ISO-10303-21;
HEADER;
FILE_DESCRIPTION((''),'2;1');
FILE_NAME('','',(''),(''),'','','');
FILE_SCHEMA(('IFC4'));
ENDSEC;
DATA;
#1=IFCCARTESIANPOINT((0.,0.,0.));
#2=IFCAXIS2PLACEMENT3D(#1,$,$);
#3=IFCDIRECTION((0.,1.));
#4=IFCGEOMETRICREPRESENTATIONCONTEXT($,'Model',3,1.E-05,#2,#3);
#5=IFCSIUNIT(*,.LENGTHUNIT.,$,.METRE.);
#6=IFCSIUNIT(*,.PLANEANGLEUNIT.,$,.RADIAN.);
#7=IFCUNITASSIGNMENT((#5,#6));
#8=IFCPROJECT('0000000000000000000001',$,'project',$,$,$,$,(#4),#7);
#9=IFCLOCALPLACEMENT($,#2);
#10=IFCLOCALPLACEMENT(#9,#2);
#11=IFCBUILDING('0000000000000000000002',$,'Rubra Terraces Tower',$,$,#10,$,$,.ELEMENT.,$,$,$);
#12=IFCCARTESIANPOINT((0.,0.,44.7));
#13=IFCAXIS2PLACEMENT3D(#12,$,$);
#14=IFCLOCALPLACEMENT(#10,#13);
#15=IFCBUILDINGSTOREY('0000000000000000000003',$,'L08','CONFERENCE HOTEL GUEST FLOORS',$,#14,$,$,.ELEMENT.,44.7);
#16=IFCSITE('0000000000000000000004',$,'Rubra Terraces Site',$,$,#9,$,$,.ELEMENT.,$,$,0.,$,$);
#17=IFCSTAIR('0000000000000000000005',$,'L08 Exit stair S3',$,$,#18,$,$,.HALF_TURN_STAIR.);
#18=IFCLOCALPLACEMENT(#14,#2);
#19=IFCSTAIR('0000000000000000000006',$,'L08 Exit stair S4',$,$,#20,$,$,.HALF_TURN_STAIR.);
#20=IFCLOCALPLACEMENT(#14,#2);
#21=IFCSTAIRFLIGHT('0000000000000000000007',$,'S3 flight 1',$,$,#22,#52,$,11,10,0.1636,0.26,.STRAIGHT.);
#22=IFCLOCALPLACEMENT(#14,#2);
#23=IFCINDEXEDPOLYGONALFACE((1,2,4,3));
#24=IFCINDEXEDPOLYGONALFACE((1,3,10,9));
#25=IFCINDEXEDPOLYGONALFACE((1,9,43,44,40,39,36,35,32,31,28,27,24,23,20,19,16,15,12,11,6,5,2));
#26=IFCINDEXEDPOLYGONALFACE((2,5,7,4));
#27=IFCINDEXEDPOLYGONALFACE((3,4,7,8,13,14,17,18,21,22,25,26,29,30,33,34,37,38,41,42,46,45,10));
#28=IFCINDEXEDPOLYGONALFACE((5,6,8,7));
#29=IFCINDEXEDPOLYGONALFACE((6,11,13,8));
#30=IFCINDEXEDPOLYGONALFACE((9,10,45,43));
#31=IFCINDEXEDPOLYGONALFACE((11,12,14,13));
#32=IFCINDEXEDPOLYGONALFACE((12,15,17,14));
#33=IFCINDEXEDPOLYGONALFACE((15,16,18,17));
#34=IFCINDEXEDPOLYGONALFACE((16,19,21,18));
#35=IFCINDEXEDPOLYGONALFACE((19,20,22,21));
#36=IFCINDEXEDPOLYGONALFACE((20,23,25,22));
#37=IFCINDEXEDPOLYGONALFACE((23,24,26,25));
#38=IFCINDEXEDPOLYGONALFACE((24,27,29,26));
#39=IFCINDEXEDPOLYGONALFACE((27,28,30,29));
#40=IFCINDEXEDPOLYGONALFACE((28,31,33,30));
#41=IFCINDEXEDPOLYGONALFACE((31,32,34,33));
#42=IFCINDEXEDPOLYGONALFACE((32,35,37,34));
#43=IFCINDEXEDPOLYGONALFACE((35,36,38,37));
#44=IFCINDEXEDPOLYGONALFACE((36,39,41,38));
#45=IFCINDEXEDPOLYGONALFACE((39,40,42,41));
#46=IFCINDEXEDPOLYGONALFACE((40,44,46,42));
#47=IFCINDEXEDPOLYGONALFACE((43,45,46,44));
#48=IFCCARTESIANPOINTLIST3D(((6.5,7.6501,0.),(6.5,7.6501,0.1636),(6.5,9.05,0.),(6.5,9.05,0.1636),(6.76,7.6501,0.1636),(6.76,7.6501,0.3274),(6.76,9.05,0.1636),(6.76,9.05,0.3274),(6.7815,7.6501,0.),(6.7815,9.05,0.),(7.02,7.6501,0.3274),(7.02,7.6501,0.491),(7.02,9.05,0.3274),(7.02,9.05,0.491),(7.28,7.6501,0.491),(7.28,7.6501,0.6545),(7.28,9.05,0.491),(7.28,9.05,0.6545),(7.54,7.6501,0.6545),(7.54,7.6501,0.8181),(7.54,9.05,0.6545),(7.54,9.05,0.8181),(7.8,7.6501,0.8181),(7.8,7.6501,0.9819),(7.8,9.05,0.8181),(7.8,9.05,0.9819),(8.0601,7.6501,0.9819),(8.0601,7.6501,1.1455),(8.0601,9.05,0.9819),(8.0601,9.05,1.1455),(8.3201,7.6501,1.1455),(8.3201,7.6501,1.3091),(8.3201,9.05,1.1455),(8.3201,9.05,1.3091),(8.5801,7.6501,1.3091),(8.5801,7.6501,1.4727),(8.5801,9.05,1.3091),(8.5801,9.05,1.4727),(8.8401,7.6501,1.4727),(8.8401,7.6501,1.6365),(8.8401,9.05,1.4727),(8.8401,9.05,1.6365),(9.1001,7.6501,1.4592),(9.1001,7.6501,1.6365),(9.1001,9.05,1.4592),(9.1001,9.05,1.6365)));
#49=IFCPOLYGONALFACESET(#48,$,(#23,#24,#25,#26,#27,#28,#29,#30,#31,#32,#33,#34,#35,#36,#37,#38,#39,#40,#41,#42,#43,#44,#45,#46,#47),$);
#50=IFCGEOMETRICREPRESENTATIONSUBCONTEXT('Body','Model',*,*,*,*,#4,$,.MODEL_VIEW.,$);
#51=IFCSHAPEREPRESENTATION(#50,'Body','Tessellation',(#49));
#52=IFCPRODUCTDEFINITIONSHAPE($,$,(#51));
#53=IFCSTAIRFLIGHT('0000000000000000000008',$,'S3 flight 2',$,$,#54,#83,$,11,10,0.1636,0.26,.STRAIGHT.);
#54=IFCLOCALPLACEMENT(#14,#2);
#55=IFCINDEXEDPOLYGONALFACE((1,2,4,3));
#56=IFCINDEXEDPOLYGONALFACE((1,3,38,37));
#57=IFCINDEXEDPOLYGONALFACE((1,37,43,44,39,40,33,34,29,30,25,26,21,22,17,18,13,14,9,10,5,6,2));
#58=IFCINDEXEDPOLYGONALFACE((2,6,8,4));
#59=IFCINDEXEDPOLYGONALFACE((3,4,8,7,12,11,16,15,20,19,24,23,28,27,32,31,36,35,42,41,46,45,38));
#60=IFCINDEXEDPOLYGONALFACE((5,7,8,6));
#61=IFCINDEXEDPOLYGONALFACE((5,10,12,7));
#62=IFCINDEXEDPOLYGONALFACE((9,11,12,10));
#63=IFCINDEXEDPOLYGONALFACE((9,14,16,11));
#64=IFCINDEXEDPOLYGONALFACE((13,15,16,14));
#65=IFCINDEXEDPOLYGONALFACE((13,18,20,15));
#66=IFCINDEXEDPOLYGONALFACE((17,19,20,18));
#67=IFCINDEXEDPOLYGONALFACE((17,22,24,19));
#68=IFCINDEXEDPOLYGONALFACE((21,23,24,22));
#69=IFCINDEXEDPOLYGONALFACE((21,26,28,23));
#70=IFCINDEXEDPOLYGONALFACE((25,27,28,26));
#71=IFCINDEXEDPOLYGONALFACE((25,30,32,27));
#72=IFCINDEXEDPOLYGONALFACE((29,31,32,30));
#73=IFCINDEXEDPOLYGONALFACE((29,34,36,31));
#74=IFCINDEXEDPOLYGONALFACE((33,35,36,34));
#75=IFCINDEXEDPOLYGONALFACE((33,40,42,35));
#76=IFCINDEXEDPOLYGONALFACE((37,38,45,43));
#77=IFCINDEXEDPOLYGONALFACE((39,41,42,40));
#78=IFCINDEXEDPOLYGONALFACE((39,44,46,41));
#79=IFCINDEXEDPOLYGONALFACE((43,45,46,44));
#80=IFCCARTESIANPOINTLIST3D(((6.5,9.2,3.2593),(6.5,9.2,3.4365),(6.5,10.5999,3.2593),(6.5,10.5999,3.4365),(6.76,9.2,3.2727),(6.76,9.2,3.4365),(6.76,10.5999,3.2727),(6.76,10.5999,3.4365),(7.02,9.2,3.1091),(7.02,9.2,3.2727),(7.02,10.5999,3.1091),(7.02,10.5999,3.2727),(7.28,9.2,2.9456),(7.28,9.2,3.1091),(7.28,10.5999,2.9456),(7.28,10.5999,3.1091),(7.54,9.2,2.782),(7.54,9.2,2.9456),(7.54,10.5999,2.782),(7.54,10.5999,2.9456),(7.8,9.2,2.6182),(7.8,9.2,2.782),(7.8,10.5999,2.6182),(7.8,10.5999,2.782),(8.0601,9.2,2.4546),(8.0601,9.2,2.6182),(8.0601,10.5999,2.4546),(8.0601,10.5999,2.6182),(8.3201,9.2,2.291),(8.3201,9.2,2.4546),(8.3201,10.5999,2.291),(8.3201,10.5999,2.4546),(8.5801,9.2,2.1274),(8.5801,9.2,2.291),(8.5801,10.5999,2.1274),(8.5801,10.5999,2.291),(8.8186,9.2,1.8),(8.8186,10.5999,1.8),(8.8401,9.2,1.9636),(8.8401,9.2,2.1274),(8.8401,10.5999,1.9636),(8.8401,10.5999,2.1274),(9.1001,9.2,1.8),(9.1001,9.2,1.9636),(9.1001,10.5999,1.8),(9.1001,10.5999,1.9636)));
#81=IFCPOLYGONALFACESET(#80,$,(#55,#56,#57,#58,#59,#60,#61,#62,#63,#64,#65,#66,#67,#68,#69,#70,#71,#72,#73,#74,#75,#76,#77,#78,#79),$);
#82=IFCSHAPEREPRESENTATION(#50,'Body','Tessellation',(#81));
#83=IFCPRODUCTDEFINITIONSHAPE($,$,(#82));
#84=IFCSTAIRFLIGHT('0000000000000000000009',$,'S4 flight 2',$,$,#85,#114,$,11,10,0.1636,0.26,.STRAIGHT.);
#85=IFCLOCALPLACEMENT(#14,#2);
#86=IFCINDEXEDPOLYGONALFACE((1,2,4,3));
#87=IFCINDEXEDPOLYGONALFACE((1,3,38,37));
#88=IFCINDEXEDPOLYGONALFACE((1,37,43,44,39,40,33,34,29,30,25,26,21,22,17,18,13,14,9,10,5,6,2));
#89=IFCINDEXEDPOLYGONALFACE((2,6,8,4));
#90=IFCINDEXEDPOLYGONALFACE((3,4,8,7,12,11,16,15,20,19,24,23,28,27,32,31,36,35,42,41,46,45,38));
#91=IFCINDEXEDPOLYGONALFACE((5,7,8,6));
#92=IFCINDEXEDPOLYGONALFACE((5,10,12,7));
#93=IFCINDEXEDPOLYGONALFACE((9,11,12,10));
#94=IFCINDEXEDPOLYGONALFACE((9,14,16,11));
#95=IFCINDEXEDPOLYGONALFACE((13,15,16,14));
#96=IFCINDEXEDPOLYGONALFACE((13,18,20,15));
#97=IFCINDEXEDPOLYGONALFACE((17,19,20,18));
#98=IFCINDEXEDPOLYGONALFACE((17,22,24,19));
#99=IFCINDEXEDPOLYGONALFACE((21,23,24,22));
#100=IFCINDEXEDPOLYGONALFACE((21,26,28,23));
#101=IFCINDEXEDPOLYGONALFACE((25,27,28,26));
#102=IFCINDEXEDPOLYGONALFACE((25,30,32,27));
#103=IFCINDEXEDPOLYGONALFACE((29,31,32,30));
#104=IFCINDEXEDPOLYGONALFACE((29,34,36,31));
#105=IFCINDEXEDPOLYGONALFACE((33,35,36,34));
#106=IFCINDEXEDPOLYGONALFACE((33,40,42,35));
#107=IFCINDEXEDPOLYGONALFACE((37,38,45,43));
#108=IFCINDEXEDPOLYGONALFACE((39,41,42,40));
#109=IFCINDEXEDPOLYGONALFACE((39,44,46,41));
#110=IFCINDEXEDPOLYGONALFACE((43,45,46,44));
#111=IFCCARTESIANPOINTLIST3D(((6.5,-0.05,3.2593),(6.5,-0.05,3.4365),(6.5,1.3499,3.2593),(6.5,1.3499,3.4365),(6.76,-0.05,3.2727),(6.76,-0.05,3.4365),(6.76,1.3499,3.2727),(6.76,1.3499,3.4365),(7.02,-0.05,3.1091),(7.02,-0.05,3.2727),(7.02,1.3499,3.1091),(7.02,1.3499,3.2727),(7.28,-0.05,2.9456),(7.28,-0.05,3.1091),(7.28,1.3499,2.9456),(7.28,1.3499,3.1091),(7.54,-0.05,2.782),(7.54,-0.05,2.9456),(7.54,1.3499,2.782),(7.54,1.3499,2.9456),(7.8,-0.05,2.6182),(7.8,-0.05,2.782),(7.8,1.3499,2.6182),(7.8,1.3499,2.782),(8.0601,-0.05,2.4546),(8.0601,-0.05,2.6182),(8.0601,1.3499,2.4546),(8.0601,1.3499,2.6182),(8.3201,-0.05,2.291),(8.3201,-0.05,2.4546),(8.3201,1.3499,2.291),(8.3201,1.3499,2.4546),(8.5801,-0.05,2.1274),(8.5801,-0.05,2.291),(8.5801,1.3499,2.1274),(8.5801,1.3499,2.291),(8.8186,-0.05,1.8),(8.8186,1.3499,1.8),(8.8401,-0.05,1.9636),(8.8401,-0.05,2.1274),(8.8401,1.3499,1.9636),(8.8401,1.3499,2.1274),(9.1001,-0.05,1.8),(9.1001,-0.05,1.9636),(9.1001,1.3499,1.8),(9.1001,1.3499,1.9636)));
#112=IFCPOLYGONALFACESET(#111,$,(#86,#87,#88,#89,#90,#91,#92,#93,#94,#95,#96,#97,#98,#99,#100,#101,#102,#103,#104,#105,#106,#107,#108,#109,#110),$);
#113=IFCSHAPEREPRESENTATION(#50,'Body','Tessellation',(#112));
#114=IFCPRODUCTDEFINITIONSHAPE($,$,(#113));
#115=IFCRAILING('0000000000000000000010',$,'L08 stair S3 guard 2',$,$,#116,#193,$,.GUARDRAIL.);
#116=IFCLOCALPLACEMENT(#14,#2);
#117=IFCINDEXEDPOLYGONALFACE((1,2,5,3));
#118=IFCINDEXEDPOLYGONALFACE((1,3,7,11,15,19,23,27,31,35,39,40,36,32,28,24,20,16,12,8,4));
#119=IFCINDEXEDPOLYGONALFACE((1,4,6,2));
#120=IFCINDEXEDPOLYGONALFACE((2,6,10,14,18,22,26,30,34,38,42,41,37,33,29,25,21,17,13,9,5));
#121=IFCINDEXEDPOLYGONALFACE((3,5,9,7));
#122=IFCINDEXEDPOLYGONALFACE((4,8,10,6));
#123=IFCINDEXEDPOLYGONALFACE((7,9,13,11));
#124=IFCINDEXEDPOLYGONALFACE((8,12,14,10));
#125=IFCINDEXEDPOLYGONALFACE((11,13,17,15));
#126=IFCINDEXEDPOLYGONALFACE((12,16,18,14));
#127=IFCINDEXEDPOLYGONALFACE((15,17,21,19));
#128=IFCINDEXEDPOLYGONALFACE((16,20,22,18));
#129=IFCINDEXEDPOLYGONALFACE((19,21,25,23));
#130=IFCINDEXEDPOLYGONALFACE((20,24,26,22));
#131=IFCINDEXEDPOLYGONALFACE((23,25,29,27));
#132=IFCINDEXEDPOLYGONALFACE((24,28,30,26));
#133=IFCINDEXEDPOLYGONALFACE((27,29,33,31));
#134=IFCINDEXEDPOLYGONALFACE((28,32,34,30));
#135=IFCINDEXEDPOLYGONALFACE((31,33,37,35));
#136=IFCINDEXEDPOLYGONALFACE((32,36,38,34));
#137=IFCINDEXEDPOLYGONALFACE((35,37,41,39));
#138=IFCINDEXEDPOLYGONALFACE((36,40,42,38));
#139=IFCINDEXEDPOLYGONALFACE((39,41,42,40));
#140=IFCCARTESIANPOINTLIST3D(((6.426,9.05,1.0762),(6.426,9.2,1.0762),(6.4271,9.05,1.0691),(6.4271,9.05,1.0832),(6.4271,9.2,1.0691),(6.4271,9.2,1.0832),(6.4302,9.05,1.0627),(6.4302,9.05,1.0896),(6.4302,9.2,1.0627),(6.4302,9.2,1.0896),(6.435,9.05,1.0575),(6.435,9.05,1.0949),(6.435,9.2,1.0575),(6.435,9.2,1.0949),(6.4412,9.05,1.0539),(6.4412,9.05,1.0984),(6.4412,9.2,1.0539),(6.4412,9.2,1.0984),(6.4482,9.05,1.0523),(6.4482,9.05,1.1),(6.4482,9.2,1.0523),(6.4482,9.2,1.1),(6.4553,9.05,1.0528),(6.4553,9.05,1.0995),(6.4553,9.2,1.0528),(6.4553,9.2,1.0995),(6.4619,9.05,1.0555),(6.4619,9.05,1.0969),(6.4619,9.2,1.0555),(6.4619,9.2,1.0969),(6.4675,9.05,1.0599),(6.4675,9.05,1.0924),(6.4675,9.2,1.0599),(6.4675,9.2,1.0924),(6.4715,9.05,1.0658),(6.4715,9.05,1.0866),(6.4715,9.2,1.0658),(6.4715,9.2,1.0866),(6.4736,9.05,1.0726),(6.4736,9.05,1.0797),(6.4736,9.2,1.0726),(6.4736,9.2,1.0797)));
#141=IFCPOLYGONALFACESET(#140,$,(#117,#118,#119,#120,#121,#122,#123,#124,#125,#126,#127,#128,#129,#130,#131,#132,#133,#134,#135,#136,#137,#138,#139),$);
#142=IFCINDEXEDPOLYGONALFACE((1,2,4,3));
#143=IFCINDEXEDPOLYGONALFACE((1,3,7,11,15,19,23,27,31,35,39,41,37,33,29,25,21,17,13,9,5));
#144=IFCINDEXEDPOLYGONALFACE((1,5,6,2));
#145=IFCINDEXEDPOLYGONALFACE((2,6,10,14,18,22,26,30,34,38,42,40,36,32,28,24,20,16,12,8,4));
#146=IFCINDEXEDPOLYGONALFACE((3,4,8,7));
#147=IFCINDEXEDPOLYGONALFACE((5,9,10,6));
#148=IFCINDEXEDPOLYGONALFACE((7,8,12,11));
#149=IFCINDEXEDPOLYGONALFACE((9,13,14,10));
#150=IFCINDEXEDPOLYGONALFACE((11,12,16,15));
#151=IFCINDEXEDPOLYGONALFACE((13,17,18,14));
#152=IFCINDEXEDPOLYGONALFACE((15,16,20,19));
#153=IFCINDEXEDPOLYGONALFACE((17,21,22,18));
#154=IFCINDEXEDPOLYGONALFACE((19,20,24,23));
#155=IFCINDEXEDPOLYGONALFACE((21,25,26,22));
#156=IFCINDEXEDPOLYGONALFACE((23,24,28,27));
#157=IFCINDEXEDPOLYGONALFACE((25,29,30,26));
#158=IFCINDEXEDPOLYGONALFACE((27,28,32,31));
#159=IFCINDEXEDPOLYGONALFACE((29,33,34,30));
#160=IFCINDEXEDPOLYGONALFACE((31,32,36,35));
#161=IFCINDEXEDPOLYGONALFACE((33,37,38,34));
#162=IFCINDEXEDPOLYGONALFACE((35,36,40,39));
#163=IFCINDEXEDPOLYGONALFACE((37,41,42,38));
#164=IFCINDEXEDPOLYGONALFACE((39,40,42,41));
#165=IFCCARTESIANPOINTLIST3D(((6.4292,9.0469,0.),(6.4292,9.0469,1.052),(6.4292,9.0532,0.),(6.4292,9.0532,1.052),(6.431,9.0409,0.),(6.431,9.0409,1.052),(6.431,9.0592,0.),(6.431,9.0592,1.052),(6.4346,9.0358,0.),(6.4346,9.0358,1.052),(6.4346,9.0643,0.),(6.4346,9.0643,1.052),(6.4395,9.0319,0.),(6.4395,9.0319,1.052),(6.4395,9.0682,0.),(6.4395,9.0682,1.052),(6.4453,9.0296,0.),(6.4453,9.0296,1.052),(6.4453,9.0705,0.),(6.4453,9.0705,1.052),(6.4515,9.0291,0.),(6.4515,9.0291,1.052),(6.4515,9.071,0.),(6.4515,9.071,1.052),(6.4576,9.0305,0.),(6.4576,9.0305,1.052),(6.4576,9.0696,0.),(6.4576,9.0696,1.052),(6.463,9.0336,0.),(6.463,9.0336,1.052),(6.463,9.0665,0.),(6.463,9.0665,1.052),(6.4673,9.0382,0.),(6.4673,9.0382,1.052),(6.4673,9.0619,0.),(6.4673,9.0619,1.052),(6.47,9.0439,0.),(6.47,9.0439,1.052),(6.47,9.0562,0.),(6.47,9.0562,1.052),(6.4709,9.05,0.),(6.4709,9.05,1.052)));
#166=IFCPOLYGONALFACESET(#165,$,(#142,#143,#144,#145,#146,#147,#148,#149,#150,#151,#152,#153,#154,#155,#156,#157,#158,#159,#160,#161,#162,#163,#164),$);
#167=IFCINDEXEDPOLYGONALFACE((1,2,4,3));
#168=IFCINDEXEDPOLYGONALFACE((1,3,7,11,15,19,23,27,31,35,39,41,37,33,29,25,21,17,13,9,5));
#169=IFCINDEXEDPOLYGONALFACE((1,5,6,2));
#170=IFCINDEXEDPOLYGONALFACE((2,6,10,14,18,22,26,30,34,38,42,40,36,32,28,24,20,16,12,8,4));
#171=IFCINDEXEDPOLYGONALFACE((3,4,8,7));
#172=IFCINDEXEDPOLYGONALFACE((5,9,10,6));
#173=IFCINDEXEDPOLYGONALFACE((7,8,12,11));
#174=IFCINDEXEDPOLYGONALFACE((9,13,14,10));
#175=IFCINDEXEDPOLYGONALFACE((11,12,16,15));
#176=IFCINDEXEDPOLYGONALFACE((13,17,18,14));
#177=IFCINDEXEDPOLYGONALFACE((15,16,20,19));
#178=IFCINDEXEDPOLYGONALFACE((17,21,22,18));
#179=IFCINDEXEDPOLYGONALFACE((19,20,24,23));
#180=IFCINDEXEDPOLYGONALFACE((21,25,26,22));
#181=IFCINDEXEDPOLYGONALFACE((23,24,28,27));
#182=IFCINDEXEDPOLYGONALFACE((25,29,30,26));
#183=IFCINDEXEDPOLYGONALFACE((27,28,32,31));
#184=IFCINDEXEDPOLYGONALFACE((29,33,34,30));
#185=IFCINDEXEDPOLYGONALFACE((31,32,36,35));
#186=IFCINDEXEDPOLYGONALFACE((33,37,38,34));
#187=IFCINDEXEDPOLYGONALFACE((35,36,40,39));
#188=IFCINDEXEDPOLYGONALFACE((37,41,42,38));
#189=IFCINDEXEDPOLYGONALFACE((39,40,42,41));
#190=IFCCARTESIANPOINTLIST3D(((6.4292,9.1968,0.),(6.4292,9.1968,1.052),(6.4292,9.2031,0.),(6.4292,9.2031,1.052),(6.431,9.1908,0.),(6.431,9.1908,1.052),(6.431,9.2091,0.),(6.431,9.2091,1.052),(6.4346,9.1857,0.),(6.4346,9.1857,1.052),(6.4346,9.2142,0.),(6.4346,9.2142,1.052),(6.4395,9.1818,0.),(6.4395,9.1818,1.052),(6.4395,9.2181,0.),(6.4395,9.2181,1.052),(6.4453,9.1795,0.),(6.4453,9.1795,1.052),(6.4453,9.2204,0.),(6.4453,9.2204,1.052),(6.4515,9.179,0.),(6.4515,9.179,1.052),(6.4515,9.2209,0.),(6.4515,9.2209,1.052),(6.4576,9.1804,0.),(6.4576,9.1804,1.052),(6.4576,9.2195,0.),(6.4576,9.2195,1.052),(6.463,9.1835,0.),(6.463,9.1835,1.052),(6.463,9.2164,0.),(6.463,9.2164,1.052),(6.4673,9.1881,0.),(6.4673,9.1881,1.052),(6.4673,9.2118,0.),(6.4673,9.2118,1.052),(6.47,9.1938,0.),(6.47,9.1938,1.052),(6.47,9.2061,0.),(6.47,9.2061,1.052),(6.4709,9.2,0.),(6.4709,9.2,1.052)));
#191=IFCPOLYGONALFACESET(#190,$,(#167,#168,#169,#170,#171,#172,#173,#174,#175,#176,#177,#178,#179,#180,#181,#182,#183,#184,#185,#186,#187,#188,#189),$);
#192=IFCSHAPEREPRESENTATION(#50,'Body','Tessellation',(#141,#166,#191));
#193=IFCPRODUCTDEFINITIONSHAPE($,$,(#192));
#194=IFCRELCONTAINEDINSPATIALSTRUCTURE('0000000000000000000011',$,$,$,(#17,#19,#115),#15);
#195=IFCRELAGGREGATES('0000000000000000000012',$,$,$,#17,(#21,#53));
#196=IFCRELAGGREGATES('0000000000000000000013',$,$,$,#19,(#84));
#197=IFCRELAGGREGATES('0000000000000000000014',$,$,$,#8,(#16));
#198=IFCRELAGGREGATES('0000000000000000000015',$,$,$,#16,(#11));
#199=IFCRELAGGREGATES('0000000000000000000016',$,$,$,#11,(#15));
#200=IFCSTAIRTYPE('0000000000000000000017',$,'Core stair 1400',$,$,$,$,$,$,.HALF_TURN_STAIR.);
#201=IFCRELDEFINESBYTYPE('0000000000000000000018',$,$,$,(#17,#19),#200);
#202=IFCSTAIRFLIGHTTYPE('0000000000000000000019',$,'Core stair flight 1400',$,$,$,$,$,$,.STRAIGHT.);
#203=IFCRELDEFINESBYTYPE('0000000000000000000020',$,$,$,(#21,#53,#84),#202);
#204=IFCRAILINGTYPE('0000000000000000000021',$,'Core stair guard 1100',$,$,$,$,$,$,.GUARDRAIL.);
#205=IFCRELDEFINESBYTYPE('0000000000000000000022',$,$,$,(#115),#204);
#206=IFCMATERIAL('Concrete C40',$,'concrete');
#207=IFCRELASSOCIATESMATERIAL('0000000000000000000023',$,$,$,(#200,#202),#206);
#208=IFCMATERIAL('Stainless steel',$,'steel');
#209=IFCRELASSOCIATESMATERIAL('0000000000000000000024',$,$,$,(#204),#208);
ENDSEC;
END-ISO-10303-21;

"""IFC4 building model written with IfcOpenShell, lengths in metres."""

from ifc_helpers import new_model, si_unit, direction, frame, origin, origin_2d, place, context, subcontext, project, spatial, polyline, circle, outline, extrude, material, type_object, element, aggregate, save


model = new_model("IFC4")

# Units and contexts
model_context = context("Model", 3, precision=1e-05, world=origin(), true_north=direction((0.0, 1.0)))
body_context = subcontext(model_context, "Body", "Model", "MODEL_VIEW")
ifc_project = project(units=[si_unit("LENGTHUNIT", "METRE"), si_unit("PLANEANGLEUNIT", "RADIAN")], contexts=[model_context])

# Site, building, storey
site_placement = place(None, origin())
site = spatial("IfcSite", under=ifc_project, at=site_placement, Name="Rubra Terraces Site", CompositionType="ELEMENT", RefElevation=0.0)
building_placement = place(site_placement, origin())
building = spatial("IfcBuilding", under=site, at=building_placement, Name="Rubra Terraces Tower", CompositionType="ELEMENT")
storey_placement = place(building_placement, frame((0.0, 0.0, 44.7)))
storey = spatial("IfcBuildingStorey", under=building, at=storey_placement, Name="L08", Description="CONFERENCE HOTEL GUEST FLOORS", CompositionType="ELEMENT", Elevation=44.7)

# Stairs
ifc_material_1 = material(Name="Concrete C40", Category="concrete")
stair_type = type_object("IfcStairType", Name="Core stair 1400", PredefinedType="HALF_TURN_STAIR", material=ifc_material_1)
stair_1_placement = place(storey_placement, origin())
stair_1 = element("IfcStair", 1, at=stair_1_placement, inside=storey, type_object=stair_type, Name="L08 Exit stair S3", PredefinedType="HALF_TURN_STAIR")
stair_2_placement = place(storey_placement, origin())
stair_2 = element("IfcStair", 2, at=stair_2_placement, inside=storey, type_object=stair_type, Name="L08 Exit stair S4", PredefinedType="HALF_TURN_STAIR")

# Shared definitions
ifc_material_2 = material(Name="Stainless steel", Category="steel")

# Stair flights
stair_flight_type = type_object("IfcStairFlightType", Name="Core stair flight 1400", PredefinedType="STRAIGHT", material=ifc_material_1)
stair_flight_1_placement = place(storey_placement, frame((6.5, 8.3501, 0.0), z_axis=(0.0, 0.0, 1.0), x_axis=(1.0, 0.0, 0.0)))
stair_flight_1 = element("IfcStairFlight", 3, at=stair_flight_1_placement, type_object=stair_flight_type, Name="S3 flight 1", NumberOfRisers=11, NumberOfTreads=10, PredefinedType="STRAIGHT", RiserHeight=0.1636, TreadLength=0.26, context=body_context, shape_type="SweptSolid", body=[
    extrude(outline(polyline([(0.0, 0.0), (0.0, 0.1636), (0.26, 0.1636), (0.26, 0.3274), (0.52, 0.3274), (0.52, 0.491), (0.78, 0.491), (0.78, 0.6545), (1.04, 0.6545), (1.04, 0.8181), (1.3, 0.8181), (1.3, 0.9819), (1.5601, 0.9819), (1.5601, 1.1455), (1.8201, 1.1455), (1.8201, 1.3091), (2.0801, 1.3091), (2.0801, 1.4727), (2.3401, 1.4727), (2.3401, 1.6365), (2.6001, 1.6365), (2.6001, 1.8), (2.6001, 1.4592), (0.2815, 0.0), (0.0, 0.0)])), frame((0.0, 0.7, 0.0), z_axis=(0.0, -1.0, 0.0), x_axis=(1.0, 0.0, 0.0)), (0.0, 0.0, 1.0), 1.3999),
])
stair_flight_2_placement = place(storey_placement, frame((9.1001, 9.8999, 1.8), z_axis=(0.0, 0.0, 1.0), x_axis=(-1.0, 0.0, 0.0)))
stair_flight_2 = element("IfcStairFlight", 4, at=stair_flight_2_placement, type_object=stair_flight_type, Name="S3 flight 2", NumberOfRisers=11, NumberOfTreads=10, PredefinedType="STRAIGHT", RiserHeight=0.1636, TreadLength=0.26, context=body_context, shape_type="SweptSolid", body=[
    extrude(outline(polyline([(0.0, 0.0), (0.0, 0.1636), (0.26, 0.1636), (0.26, 0.3274), (0.52, 0.3274), (0.52, 0.491), (0.78, 0.491), (0.78, 0.6545), (1.04, 0.6545), (1.04, 0.8181), (1.3, 0.8181), (1.3, 0.9819), (1.5601, 0.9819), (1.5601, 1.1455), (1.8201, 1.1455), (1.8201, 1.3091), (2.0801, 1.3091), (2.0801, 1.4727), (2.3401, 1.4727), (2.3401, 1.6365), (2.6001, 1.6365), (2.6001, 1.8), (2.6001, 1.4592), (0.2815, 0.0), (0.0, 0.0)])), frame((0.0, 0.7, 0.0), z_axis=(0.0, -1.0, 0.0), x_axis=(1.0, 0.0, 0.0)), (0.0, 0.0, 1.0), 1.3999),
])
aggregate(stair_1, [stair_flight_1, stair_flight_2])
stair_flight_3_placement = place(storey_placement, frame((9.1001, 0.6499, 1.8), z_axis=(0.0, 0.0, 1.0), x_axis=(-1.0, 0.0, 0.0)))
stair_flight_3 = element("IfcStairFlight", 5, at=stair_flight_3_placement, type_object=stair_flight_type, Name="S4 flight 2", NumberOfRisers=11, NumberOfTreads=10, PredefinedType="STRAIGHT", RiserHeight=0.1636, TreadLength=0.26, context=body_context, shape_type="SweptSolid", body=[
    extrude(outline(polyline([(0.0, 0.0), (0.0, 0.1636), (0.26, 0.1636), (0.26, 0.3274), (0.52, 0.3274), (0.52, 0.491), (0.78, 0.491), (0.78, 0.6545), (1.04, 0.6545), (1.04, 0.8181), (1.3, 0.8181), (1.3, 0.9819), (1.5601, 0.9819), (1.5601, 1.1455), (1.8201, 1.1455), (1.8201, 1.3091), (2.0801, 1.3091), (2.0801, 1.4727), (2.3401, 1.4727), (2.3401, 1.6365), (2.6001, 1.6365), (2.6001, 1.8), (2.6001, 1.4592), (0.2815, 0.0), (0.0, 0.0)])), frame((0.0, 0.7, 0.0), z_axis=(0.0, -1.0, 0.0), x_axis=(1.0, 0.0, 0.0)), (0.0, 0.0, 1.0), 1.3999),
])
aggregate(stair_2, [stair_flight_3])

# Railing
railing_type_1 = type_object("IfcRailingType", Name="Core stair guard 1100", PredefinedType="GUARDRAIL", material=ifc_material_2)
railing_1_placement = place(storey_placement, frame((6.45, 9.05, 0.0)))
element("IfcRailing", 6, at=railing_1_placement, inside=storey, type_object=railing_type_1, Name="L08 stair S3 guard 2", PredefinedType="GUARDRAIL", context=body_context, shape_type="SweptSolid", body=[
    extrude(circle(Radius=0.0239, at=origin_2d()), frame((0.0, 0.0, 1.0762), z_axis=(0.0, 1.0, 0.0), x_axis=(-1.0, 0.0, 0.0)), (0.0, 0.0, 1.0), 0.1499),
    extrude(circle(Radius=0.021, at=origin_2d()), origin(), (0.0, 0.0, 1.0), 1.052),
    extrude(circle(Radius=0.021, at=origin_2d()), frame((0.0, 0.1499, 0.0)), (0.0, 0.0, 1.0), 1.052),
])

save(model, "model.ifc")
